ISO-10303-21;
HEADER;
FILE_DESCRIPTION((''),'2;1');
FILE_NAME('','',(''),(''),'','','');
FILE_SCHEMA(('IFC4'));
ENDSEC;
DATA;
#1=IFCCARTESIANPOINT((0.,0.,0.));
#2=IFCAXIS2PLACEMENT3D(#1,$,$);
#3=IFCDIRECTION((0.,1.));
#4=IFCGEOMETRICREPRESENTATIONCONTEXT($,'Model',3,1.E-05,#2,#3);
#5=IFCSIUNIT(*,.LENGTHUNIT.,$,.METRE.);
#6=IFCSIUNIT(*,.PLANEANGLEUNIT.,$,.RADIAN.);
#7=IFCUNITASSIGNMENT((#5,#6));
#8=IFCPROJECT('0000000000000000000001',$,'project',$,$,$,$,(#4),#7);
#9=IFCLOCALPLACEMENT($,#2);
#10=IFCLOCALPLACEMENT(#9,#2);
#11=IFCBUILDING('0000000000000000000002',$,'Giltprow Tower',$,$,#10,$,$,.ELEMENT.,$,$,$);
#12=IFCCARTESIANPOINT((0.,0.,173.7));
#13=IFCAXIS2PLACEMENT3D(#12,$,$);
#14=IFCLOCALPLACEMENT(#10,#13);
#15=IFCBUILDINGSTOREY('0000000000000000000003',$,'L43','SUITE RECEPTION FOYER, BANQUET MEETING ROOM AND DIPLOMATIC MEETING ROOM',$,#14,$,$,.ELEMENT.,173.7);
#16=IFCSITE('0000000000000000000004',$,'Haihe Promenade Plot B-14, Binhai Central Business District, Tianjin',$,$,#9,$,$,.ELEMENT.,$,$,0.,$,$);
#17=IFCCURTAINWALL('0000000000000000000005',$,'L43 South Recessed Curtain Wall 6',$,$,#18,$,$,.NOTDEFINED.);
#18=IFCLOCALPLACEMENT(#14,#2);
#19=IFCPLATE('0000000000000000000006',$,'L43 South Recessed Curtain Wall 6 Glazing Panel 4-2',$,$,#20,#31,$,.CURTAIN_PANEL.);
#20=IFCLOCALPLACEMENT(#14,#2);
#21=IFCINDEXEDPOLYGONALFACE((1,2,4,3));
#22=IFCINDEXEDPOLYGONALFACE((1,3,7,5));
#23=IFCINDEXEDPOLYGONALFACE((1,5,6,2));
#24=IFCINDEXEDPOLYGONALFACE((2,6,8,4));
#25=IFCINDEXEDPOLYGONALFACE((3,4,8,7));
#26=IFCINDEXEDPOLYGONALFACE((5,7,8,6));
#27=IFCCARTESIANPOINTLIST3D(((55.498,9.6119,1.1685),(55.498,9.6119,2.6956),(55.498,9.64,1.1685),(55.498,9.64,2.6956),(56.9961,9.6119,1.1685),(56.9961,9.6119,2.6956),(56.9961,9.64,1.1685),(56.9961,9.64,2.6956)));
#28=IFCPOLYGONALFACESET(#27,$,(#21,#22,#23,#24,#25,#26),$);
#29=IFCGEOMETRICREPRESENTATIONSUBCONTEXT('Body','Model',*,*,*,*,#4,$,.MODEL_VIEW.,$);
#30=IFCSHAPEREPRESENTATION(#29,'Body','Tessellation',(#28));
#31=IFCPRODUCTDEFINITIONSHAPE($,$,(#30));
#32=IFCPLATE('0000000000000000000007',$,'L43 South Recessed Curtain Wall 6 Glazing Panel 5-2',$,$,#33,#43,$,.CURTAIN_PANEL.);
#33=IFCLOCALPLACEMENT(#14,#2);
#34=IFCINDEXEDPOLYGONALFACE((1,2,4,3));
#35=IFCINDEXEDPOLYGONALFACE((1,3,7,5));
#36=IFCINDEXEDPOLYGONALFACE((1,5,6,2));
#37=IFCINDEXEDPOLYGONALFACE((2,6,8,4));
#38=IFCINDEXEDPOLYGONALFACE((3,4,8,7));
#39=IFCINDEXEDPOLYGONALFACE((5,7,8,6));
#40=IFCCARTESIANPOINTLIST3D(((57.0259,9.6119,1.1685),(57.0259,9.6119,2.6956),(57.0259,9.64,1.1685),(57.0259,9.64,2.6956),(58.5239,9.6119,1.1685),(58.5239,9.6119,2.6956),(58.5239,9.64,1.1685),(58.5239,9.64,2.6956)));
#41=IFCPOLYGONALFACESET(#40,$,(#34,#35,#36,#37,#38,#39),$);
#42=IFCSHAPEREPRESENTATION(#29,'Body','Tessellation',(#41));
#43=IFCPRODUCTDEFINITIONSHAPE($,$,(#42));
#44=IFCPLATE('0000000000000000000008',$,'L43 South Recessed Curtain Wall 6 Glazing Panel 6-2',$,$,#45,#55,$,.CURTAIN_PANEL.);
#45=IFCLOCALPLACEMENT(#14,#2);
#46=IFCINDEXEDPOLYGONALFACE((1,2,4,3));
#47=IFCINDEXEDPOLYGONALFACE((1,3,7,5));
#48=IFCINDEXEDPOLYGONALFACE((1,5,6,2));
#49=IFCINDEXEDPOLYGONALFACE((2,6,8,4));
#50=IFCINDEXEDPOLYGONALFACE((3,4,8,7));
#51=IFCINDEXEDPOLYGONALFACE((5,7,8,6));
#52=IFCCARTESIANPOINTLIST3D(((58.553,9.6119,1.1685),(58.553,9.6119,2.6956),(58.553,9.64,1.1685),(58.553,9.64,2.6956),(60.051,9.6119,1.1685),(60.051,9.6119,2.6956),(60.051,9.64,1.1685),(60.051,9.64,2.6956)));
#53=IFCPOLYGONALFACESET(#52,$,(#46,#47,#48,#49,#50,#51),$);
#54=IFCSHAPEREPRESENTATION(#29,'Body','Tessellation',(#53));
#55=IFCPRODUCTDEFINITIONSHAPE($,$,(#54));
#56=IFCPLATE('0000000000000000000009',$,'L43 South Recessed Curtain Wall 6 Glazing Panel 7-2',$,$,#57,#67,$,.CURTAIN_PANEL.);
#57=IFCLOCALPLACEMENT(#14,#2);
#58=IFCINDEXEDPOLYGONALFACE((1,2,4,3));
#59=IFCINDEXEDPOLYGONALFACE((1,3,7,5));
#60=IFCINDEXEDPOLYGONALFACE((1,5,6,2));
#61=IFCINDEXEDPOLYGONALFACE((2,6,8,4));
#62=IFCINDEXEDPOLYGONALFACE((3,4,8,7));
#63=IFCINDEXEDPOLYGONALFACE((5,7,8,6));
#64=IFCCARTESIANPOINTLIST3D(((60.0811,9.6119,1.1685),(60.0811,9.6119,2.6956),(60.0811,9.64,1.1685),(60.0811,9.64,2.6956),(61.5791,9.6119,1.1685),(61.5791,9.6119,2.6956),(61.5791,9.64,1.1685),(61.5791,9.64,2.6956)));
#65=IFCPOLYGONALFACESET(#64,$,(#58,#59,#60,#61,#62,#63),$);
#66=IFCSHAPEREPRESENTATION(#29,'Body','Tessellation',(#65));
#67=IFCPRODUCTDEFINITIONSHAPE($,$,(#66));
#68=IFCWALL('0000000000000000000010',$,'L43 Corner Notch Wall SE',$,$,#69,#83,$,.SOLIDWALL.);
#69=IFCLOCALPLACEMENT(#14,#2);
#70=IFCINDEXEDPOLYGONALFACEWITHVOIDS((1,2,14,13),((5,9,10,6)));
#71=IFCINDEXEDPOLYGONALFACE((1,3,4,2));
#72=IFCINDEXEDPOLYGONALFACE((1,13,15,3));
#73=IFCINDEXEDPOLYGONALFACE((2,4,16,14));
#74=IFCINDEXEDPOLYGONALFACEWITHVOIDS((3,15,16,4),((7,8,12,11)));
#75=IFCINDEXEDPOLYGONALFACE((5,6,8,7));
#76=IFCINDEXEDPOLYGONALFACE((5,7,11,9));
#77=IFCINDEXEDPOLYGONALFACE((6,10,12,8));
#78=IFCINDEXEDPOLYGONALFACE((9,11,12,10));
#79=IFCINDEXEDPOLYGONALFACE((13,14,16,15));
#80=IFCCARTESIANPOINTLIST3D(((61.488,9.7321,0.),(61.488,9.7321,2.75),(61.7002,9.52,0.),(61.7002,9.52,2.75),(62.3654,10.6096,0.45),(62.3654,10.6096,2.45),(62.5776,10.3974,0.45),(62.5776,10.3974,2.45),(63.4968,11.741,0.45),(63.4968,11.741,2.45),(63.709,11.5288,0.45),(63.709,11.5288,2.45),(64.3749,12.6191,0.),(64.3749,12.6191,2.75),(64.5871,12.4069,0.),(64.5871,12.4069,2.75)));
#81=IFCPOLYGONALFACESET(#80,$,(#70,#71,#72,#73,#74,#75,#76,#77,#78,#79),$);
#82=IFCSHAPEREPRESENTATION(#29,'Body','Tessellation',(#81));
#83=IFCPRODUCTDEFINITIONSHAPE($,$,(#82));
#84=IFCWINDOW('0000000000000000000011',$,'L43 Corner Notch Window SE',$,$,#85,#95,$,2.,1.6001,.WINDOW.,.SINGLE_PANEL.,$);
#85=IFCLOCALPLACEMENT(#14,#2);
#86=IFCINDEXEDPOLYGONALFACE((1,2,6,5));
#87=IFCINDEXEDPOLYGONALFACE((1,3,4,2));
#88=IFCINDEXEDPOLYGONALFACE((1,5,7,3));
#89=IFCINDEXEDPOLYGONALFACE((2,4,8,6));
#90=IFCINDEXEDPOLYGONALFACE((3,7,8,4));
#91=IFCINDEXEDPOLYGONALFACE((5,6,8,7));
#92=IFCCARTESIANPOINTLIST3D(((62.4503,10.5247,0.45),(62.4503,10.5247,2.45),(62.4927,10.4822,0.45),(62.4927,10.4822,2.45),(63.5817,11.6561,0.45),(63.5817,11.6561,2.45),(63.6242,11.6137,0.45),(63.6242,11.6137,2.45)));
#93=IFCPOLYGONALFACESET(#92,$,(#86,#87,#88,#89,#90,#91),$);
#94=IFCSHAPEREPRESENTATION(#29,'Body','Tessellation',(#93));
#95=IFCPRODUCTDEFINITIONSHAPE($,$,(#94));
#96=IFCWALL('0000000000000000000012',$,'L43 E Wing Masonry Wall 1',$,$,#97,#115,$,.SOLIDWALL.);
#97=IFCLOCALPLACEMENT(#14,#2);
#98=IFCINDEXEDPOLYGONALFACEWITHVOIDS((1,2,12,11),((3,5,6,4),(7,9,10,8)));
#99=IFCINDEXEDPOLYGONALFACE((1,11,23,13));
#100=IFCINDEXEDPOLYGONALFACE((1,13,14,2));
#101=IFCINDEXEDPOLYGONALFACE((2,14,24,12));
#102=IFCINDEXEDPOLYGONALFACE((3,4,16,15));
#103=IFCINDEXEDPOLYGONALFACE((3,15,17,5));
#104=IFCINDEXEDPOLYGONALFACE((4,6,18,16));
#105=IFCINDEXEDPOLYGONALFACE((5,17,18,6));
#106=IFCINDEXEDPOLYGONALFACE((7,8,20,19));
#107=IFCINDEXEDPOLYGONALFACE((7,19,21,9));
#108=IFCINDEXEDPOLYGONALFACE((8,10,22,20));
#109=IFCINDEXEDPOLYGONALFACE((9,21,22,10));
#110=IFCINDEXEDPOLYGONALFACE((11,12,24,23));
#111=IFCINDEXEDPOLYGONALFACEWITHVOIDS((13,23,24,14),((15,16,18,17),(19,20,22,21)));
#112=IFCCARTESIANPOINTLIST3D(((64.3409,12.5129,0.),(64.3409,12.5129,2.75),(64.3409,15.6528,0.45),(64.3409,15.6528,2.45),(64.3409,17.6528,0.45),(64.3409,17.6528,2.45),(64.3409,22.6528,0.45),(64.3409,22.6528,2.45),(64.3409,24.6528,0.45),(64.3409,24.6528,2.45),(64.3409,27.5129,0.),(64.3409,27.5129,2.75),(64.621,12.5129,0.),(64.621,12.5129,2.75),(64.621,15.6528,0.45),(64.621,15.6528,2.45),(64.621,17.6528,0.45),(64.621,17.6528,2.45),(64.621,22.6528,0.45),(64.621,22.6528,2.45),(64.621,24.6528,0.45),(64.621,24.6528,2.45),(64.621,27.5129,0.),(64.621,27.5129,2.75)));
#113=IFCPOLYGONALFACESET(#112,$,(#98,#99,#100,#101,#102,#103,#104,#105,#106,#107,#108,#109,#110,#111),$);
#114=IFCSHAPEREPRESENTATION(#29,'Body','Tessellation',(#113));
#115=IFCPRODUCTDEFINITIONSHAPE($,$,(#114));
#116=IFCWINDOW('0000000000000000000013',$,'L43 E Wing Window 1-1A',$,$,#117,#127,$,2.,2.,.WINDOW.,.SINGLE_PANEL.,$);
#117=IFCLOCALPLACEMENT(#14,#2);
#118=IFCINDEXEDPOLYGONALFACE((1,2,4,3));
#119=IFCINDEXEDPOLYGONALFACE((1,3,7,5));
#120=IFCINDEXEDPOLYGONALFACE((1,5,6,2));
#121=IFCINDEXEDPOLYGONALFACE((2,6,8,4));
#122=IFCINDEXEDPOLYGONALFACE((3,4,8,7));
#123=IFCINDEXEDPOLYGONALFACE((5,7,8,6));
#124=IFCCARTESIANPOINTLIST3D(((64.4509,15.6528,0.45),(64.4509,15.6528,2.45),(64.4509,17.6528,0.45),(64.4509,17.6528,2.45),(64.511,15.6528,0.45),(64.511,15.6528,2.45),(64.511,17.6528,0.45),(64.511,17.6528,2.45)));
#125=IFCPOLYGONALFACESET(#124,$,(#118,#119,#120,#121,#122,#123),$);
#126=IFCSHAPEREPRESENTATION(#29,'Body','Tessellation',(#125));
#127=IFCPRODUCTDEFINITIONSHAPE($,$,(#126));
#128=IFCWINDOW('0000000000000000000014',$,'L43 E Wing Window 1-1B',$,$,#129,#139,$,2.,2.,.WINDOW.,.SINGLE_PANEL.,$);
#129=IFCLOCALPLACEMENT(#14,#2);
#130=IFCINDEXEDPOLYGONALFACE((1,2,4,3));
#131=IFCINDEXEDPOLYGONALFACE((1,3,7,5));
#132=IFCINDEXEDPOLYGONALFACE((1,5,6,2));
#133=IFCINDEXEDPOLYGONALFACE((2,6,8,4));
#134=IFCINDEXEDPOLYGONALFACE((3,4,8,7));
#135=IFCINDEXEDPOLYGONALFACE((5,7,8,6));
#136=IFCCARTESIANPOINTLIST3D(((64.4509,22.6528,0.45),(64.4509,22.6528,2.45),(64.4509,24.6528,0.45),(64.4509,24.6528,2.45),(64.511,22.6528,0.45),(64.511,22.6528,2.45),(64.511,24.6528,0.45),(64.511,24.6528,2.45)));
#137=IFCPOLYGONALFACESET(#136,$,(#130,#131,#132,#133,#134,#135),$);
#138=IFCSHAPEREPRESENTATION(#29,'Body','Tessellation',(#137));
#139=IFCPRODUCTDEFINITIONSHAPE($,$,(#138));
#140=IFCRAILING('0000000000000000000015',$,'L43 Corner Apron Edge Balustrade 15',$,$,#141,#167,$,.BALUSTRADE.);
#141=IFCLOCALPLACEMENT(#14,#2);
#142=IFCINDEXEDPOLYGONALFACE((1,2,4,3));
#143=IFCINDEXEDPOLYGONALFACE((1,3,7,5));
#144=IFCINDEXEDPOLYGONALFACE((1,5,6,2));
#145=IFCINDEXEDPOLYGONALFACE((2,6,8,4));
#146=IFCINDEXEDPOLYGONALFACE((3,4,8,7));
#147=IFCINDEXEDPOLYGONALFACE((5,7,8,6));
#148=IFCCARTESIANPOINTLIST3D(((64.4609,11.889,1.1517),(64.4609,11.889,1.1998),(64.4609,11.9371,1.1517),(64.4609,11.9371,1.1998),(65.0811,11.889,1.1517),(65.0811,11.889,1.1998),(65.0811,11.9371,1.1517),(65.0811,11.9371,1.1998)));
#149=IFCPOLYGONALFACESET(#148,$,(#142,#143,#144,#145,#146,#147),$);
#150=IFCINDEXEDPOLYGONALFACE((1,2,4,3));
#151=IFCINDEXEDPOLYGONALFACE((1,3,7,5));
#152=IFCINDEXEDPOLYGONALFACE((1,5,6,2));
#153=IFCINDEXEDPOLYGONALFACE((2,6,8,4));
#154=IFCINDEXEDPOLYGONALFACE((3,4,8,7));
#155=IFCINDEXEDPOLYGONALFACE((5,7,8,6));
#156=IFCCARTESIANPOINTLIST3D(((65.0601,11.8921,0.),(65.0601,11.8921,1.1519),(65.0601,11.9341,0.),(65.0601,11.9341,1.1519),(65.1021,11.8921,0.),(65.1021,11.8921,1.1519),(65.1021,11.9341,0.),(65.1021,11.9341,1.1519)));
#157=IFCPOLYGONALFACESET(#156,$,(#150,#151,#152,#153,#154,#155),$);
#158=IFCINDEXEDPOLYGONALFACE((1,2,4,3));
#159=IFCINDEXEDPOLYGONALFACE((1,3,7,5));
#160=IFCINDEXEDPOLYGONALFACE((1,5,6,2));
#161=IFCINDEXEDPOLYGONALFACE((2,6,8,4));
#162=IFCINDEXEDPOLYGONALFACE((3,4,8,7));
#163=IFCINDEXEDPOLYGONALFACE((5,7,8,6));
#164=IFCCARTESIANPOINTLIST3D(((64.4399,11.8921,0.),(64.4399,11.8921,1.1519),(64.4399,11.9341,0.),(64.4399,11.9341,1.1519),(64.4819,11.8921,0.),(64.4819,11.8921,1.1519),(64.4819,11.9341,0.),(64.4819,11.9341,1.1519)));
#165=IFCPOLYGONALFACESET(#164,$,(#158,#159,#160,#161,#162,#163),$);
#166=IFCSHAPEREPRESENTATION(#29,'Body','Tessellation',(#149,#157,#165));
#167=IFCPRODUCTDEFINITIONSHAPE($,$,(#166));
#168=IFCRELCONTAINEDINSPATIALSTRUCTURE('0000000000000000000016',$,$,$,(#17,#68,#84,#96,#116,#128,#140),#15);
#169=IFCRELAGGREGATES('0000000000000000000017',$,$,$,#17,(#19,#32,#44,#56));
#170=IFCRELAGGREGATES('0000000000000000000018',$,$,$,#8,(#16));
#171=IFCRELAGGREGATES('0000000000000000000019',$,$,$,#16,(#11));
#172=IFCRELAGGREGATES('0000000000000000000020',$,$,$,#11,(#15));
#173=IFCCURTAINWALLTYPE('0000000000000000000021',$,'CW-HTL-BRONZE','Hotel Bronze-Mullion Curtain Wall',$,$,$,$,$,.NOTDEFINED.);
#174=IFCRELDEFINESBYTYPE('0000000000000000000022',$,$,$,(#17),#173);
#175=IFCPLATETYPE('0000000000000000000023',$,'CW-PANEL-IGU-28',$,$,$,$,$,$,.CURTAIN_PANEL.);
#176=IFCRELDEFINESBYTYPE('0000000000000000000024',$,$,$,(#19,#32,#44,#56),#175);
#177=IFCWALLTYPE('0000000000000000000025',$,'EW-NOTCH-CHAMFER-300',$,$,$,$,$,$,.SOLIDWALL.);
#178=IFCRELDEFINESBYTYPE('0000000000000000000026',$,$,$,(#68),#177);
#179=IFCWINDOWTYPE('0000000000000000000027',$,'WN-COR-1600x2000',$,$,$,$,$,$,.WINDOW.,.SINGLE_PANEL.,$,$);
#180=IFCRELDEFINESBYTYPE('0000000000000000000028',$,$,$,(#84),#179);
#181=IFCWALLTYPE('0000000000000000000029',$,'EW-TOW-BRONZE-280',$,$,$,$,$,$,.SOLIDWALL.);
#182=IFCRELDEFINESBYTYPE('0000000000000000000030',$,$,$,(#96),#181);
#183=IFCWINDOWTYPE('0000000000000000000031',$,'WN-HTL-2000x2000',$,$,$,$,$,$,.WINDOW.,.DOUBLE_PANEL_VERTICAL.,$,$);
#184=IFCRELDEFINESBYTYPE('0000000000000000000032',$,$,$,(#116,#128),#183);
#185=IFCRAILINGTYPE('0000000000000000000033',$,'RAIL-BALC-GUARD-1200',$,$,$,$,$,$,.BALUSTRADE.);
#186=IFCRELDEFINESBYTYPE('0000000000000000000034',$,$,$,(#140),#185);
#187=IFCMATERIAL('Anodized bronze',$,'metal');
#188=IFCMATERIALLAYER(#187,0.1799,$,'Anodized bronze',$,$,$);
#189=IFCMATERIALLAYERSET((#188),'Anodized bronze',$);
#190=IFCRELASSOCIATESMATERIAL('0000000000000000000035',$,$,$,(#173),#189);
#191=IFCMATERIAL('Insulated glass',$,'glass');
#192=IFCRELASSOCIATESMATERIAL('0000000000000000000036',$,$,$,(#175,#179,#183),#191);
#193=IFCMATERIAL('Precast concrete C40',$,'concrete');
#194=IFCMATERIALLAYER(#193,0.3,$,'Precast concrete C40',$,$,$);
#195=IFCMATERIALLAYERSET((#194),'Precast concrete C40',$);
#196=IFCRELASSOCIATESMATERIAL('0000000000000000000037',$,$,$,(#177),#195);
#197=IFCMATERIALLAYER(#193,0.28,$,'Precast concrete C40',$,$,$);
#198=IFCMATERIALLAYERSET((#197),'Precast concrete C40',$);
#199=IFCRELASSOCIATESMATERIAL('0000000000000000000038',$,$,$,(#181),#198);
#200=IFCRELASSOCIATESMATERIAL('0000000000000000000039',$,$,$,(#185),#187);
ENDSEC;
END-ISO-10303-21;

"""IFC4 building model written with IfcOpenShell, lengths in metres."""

from ifc_helpers import new_model, si_unit, direction, frame, frame_2d, origin, origin_2d, place, context, subcontext, project, spatial, rectangle, extrude, source, transform, mapped, material, layer, layer_set, type_object, element, fill, aggregate, save


model = new_model("IFC4")

# Units and contexts
model_context = context("Model", 3, precision=1e-05, world=origin(), true_north=direction((0.0, 1.0)))
body_context = subcontext(model_context, "Body", "Model", "MODEL_VIEW")
ifc_project = project(units=[si_unit("LENGTHUNIT", "METRE"), si_unit("PLANEANGLEUNIT", "RADIAN")], contexts=[model_context])

# Site, building, storey
site_placement = place(None, origin())
site = spatial("IfcSite", under=ifc_project, at=site_placement, Name="Haihe Promenade Plot B-14, Binhai Central Business District, Tianjin", CompositionType="ELEMENT", RefElevation=0.0)
building_placement = place(site_placement, origin())
building = spatial("IfcBuilding", under=site, at=building_placement, Name="Giltprow Tower", CompositionType="ELEMENT")
storey_placement = place(building_placement, frame((0.0, 0.0, 173.7)))
storey = spatial("IfcBuildingStorey", under=building, at=storey_placement, Name="L43", Description="SUITE RECEPTION FOYER, BANQUET MEETING ROOM AND DIPLOMATIC MEETING ROOM", CompositionType="ELEMENT", Elevation=173.7)

# Curtain wall, plates
ifc_material_1 = material(Name="Anodized bronze", Category="metal")
ifc_layer_1 = layer(ifc_material_1, 0.1799, Name="Anodized bronze")
ifc_layer_set_1 = layer_set([ifc_layer_1], Name="Anodized bronze")
curtain_wall_type = type_object("IfcCurtainWallType", Name="CW-HTL-BRONZE", Description="Hotel Bronze-Mullion Curtain Wall", PredefinedType="NOTDEFINED", material=ifc_layer_set_1)
curtain_wall_placement = place(storey_placement, origin())
curtain_wall = element("IfcCurtainWall", 1, at=curtain_wall_placement, inside=storey, type_object=curtain_wall_type, Name="L43 South Recessed Curtain Wall 6", PredefinedType="NOTDEFINED")
ifc_material_2 = material(Name="Insulated glass", Category="glass")
plate_type = type_object("IfcPlateType", Name="CW-PANEL-IGU-28", PredefinedType="CURTAIN_PANEL", material=ifc_material_2)
shared_shape_1 = source(origin(), body_context, "Body", "SweptSolid", [
    extrude(rectangle(XDim=1.498, YDim=0.0281, at=origin_2d()), origin(), (0.0, 0.0, 1.0), 1.5271),
])
plate_1_placement = place(storey_placement, frame((56.2471, 9.626, 1.1685), z_axis=(0.0, 0.0, 1.0), x_axis=(1.0, 0.0, 0.0)))
plate_1 = element("IfcPlate", 2, at=plate_1_placement, type_object=plate_type, Name="L43 South Recessed Curtain Wall 6 Glazing Panel 4-2", PredefinedType="CURTAIN_PANEL", context=body_context, shape_type="MappedRepresentation", body=[
    mapped(shared_shape_1, transform((0.0, 0.0, 0.0), x_axis=(1.0, 0.0, 0.0), y_axis=(0.0, 1.0, 0.0), z_axis=(0.0, 0.0, 1.0), scale=1.0)),
])
plate_2_placement = place(storey_placement, frame((57.7749, 9.626, 1.1685), z_axis=(0.0, 0.0, 1.0), x_axis=(1.0, 0.0, 0.0)))
plate_2 = element("IfcPlate", 3, at=plate_2_placement, type_object=plate_type, Name="L43 South Recessed Curtain Wall 6 Glazing Panel 5-2", PredefinedType="CURTAIN_PANEL", context=body_context, shape_type="MappedRepresentation", body=[
    mapped(shared_shape_1, transform((0.0, 0.0, 0.0), x_axis=(1.0, 0.0, 0.0), y_axis=(0.0, 1.0, 0.0), z_axis=(0.0, 0.0, 1.0), scale=1.0)),
])
plate_3_placement = place(storey_placement, frame((59.302, 9.626, 1.1685), z_axis=(0.0, 0.0, 1.0), x_axis=(1.0, 0.0, 0.0)))
plate_3 = element("IfcPlate", 4, at=plate_3_placement, type_object=plate_type, Name="L43 South Recessed Curtain Wall 6 Glazing Panel 6-2", PredefinedType="CURTAIN_PANEL", context=body_context, shape_type="MappedRepresentation", body=[
    mapped(shared_shape_1, transform((0.0, 0.0, 0.0), x_axis=(1.0, 0.0, 0.0), y_axis=(0.0, 1.0, 0.0), z_axis=(0.0, 0.0, 1.0), scale=1.0)),
])
plate_4_placement = place(storey_placement, frame((60.8301, 9.626, 1.1685), z_axis=(0.0, 0.0, 1.0), x_axis=(1.0, 0.0, 0.0)))
plate_4 = element("IfcPlate", 5, at=plate_4_placement, type_object=plate_type, Name="L43 South Recessed Curtain Wall 6 Glazing Panel 7-2", PredefinedType="CURTAIN_PANEL", context=body_context, shape_type="MappedRepresentation", body=[
    mapped(shared_shape_1, transform((0.0, 0.0, 0.0), x_axis=(1.0, 0.0, 0.0), y_axis=(0.0, 1.0, 0.0), z_axis=(0.0, 0.0, 1.0), scale=1.0)),
])
aggregate(curtain_wall, [plate_1, plate_2, plate_3, plate_4])

# Wall, opening, window
ifc_material_3 = material(Name="Precast concrete C40", Category="concrete")
ifc_layer_2 = layer(ifc_material_3, 0.3, Name="Precast concrete C40")
ifc_layer_set_2 = layer_set([ifc_layer_2], Name="Precast concrete C40")
wall_type_1 = type_object("IfcWallType", Name="EW-NOTCH-CHAMFER-300", PredefinedType="SOLIDWALL", material=ifc_layer_set_2)
wall_1_placement = place(storey_placement, frame((61.594, 9.626, 0.0), z_axis=(0.0, 0.0, 1.0), x_axis=(0.707107, 0.707107, 0.0)))
wall_1 = element("IfcWall", 6, at=wall_1_placement, inside=storey, type_object=wall_type_1, Name="L43 Corner Notch Wall SE", PredefinedType="SOLIDWALL", context=body_context, shape_type="SweptSolid", body=[
    extrude(rectangle(XDim=4.0828, YDim=0.3, at=frame_2d((2.0415, 0.0))), origin(), (0.0, 0.0, 1.0), 2.75),
])
opening_1_placement = place(wall_1_placement, frame((1.241, 0.0, 0.45)))
opening_1 = element("IfcOpeningElement", 7, at=opening_1_placement, cuts=wall_1, PredefinedType="OPENING", context=body_context, shape_type="SweptSolid", body=[
    extrude(rectangle(XDim=1.6001, YDim=2.0, at=frame_2d((0.8, 1.0))), frame((0.0, 0.1599, 0.0), z_axis=(0.0, -1.0, 0.0), x_axis=(1.0, 0.0, 0.0)), (0.0, 0.0, 1.0), 0.3201),
])
window_type_1 = type_object("IfcWindowType", Name="WN-COR-1600x2000", PartitioningType="SINGLE_PANEL", PredefinedType="WINDOW", material=ifc_material_2)
shared_shape_2 = source(origin(), body_context, "Body", "SweptSolid", [
    extrude(rectangle(XDim=1.6001, YDim=2.0, at=frame_2d((0.8, 1.0))), frame((0.0, 0.03, 0.0), z_axis=(0.0, -1.0, 0.0), x_axis=(1.0, 0.0, 0.0)), (0.0, 0.0, 1.0), 0.0601),
])
window_1_placement = place(opening_1_placement, origin())
window_1 = element("IfcWindow", 8, at=window_1_placement, inside=storey, type_object=window_type_1, Name="L43 Corner Notch Window SE", OverallHeight=2.0, OverallWidth=1.6001, PartitioningType="SINGLE_PANEL", PredefinedType="WINDOW", context=body_context, shape_type="MappedRepresentation", body=[
    mapped(shared_shape_2, transform((0.0, 0.0, 0.0), x_axis=(1.0, 0.0, 0.0), y_axis=(0.0, 1.0, 0.0), z_axis=(0.0, 0.0, 1.0), scale=1.0)),
])
fill(opening_1, window_1)

# Wall, openings, windows
ifc_layer_3 = layer(ifc_material_3, 0.28, Name="Precast concrete C40")
ifc_layer_set_3 = layer_set([ifc_layer_3], Name="Precast concrete C40")
wall_type_2 = type_object("IfcWallType", Name="EW-TOW-BRONZE-280", PredefinedType="SOLIDWALL", material=ifc_layer_set_3)
wall_2_placement = place(storey_placement, frame((64.481, 12.5129, 0.0), z_axis=(0.0, 0.0, 1.0), x_axis=(0.0, 1.0, 0.0)))
wall_2 = element("IfcWall", 9, at=wall_2_placement, inside=storey, type_object=wall_type_2, Name="L43 E Wing Masonry Wall 1", PredefinedType="SOLIDWALL", context=body_context, shape_type="SweptSolid", body=[
    extrude(rectangle(XDim=15.0, YDim=0.28, at=frame_2d((7.5, 0.0))), origin(), (0.0, 0.0, 1.0), 2.75),
])
opening_2_placement = place(wall_2_placement, frame((3.1399, 0.0, 0.45)))
opening_2 = element("IfcOpeningElement", 10, at=opening_2_placement, cuts=wall_2, PredefinedType="OPENING", context=body_context, shape_type="SweptSolid", body=[
    extrude(rectangle(XDim=2.0, YDim=2.0, at=frame_2d((1.0, 1.0))), frame((0.0, 0.1499, 0.0), z_axis=(0.0, -1.0, 0.0), x_axis=(1.0, 0.0, 0.0)), (0.0, 0.0, 1.0), 0.3),
])
opening_3_placement = place(wall_2_placement, frame((10.1399, 0.0, 0.45)))
opening_3 = element("IfcOpeningElement", 11, at=opening_3_placement, cuts=wall_2, PredefinedType="OPENING", context=body_context, shape_type="SweptSolid", body=[
    extrude(rectangle(XDim=2.0, YDim=2.0, at=frame_2d((1.0, 1.0))), frame((0.0, 0.1499, 0.0), z_axis=(0.0, -1.0, 0.0), x_axis=(1.0, 0.0, 0.0)), (0.0, 0.0, 1.0), 0.3),
])
window_type_2 = type_object("IfcWindowType", Name="WN-HTL-2000x2000", PartitioningType="DOUBLE_PANEL_VERTICAL", PredefinedType="WINDOW", material=ifc_material_2)
shared_shape_3 = source(origin(), body_context, "Body", "SweptSolid", [
    extrude(rectangle(XDim=2.0, YDim=2.0, at=frame_2d((1.0, 1.0))), frame((0.0, 0.03, 0.0), z_axis=(0.0, -1.0, 0.0), x_axis=(1.0, 0.0, 0.0)), (0.0, 0.0, 1.0), 0.0601),
])
window_2_placement = place(opening_2_placement, origin())
window_2 = element("IfcWindow", 12, at=window_2_placement, inside=storey, type_object=window_type_2, Name="L43 E Wing Window 1-1A", OverallHeight=2.0, OverallWidth=2.0, PartitioningType="SINGLE_PANEL", PredefinedType="WINDOW", context=body_context, shape_type="MappedRepresentation", body=[
    mapped(shared_shape_3, transform((0.0, 0.0, 0.0), x_axis=(1.0, 0.0, 0.0), y_axis=(0.0, 1.0, 0.0), z_axis=(0.0, 0.0, 1.0), scale=1.0)),
])
fill(opening_2, window_2)
window_3_placement = place(opening_3_placement, origin())
window_3 = element("IfcWindow", 13, at=window_3_placement, inside=storey, type_object=window_type_2, Name="L43 E Wing Window 1-1B", OverallHeight=2.0, OverallWidth=2.0, PartitioningType="SINGLE_PANEL", PredefinedType="WINDOW", context=body_context, shape_type="MappedRepresentation", body=[
    mapped(shared_shape_3, transform((0.0, 0.0, 0.0), x_axis=(1.0, 0.0, 0.0), y_axis=(0.0, 1.0, 0.0), z_axis=(0.0, 0.0, 1.0), scale=1.0)),
])
fill(opening_3, window_3)

# Railing
railing_type = type_object("IfcRailingType", Name="RAIL-BALC-GUARD-1200", PredefinedType="BALUSTRADE", material=ifc_material_1)
railing_1_placement = place(storey_placement, frame((65.0811, 11.9131, 0.0)))
element("IfcRailing", 14, at=railing_1_placement, inside=storey, type_object=railing_type, Name="L43 Corner Apron Edge Balustrade 15", PredefinedType="BALUSTRADE", context=body_context, shape_type="SweptSolid", body=[
    extrude(rectangle(XDim=0.0481, YDim=0.0481, at=origin_2d()), frame((0.0, 0.0, 1.1758), z_axis=(-1.0, 0.0, 0.0), x_axis=(0.0, -1.0, 0.0)), (0.0, 0.0, 1.0), 0.6201),
    extrude(rectangle(XDim=0.042, YDim=0.042, at=origin_2d()), origin(), (0.0, 0.0, 1.0), 1.1519),
    extrude(rectangle(XDim=0.042, YDim=0.042, at=origin_2d()), frame((-0.6201, 0.0, 0.0)), (0.0, 0.0, 1.0), 1.1519),
])

save(model, "model.ifc")
